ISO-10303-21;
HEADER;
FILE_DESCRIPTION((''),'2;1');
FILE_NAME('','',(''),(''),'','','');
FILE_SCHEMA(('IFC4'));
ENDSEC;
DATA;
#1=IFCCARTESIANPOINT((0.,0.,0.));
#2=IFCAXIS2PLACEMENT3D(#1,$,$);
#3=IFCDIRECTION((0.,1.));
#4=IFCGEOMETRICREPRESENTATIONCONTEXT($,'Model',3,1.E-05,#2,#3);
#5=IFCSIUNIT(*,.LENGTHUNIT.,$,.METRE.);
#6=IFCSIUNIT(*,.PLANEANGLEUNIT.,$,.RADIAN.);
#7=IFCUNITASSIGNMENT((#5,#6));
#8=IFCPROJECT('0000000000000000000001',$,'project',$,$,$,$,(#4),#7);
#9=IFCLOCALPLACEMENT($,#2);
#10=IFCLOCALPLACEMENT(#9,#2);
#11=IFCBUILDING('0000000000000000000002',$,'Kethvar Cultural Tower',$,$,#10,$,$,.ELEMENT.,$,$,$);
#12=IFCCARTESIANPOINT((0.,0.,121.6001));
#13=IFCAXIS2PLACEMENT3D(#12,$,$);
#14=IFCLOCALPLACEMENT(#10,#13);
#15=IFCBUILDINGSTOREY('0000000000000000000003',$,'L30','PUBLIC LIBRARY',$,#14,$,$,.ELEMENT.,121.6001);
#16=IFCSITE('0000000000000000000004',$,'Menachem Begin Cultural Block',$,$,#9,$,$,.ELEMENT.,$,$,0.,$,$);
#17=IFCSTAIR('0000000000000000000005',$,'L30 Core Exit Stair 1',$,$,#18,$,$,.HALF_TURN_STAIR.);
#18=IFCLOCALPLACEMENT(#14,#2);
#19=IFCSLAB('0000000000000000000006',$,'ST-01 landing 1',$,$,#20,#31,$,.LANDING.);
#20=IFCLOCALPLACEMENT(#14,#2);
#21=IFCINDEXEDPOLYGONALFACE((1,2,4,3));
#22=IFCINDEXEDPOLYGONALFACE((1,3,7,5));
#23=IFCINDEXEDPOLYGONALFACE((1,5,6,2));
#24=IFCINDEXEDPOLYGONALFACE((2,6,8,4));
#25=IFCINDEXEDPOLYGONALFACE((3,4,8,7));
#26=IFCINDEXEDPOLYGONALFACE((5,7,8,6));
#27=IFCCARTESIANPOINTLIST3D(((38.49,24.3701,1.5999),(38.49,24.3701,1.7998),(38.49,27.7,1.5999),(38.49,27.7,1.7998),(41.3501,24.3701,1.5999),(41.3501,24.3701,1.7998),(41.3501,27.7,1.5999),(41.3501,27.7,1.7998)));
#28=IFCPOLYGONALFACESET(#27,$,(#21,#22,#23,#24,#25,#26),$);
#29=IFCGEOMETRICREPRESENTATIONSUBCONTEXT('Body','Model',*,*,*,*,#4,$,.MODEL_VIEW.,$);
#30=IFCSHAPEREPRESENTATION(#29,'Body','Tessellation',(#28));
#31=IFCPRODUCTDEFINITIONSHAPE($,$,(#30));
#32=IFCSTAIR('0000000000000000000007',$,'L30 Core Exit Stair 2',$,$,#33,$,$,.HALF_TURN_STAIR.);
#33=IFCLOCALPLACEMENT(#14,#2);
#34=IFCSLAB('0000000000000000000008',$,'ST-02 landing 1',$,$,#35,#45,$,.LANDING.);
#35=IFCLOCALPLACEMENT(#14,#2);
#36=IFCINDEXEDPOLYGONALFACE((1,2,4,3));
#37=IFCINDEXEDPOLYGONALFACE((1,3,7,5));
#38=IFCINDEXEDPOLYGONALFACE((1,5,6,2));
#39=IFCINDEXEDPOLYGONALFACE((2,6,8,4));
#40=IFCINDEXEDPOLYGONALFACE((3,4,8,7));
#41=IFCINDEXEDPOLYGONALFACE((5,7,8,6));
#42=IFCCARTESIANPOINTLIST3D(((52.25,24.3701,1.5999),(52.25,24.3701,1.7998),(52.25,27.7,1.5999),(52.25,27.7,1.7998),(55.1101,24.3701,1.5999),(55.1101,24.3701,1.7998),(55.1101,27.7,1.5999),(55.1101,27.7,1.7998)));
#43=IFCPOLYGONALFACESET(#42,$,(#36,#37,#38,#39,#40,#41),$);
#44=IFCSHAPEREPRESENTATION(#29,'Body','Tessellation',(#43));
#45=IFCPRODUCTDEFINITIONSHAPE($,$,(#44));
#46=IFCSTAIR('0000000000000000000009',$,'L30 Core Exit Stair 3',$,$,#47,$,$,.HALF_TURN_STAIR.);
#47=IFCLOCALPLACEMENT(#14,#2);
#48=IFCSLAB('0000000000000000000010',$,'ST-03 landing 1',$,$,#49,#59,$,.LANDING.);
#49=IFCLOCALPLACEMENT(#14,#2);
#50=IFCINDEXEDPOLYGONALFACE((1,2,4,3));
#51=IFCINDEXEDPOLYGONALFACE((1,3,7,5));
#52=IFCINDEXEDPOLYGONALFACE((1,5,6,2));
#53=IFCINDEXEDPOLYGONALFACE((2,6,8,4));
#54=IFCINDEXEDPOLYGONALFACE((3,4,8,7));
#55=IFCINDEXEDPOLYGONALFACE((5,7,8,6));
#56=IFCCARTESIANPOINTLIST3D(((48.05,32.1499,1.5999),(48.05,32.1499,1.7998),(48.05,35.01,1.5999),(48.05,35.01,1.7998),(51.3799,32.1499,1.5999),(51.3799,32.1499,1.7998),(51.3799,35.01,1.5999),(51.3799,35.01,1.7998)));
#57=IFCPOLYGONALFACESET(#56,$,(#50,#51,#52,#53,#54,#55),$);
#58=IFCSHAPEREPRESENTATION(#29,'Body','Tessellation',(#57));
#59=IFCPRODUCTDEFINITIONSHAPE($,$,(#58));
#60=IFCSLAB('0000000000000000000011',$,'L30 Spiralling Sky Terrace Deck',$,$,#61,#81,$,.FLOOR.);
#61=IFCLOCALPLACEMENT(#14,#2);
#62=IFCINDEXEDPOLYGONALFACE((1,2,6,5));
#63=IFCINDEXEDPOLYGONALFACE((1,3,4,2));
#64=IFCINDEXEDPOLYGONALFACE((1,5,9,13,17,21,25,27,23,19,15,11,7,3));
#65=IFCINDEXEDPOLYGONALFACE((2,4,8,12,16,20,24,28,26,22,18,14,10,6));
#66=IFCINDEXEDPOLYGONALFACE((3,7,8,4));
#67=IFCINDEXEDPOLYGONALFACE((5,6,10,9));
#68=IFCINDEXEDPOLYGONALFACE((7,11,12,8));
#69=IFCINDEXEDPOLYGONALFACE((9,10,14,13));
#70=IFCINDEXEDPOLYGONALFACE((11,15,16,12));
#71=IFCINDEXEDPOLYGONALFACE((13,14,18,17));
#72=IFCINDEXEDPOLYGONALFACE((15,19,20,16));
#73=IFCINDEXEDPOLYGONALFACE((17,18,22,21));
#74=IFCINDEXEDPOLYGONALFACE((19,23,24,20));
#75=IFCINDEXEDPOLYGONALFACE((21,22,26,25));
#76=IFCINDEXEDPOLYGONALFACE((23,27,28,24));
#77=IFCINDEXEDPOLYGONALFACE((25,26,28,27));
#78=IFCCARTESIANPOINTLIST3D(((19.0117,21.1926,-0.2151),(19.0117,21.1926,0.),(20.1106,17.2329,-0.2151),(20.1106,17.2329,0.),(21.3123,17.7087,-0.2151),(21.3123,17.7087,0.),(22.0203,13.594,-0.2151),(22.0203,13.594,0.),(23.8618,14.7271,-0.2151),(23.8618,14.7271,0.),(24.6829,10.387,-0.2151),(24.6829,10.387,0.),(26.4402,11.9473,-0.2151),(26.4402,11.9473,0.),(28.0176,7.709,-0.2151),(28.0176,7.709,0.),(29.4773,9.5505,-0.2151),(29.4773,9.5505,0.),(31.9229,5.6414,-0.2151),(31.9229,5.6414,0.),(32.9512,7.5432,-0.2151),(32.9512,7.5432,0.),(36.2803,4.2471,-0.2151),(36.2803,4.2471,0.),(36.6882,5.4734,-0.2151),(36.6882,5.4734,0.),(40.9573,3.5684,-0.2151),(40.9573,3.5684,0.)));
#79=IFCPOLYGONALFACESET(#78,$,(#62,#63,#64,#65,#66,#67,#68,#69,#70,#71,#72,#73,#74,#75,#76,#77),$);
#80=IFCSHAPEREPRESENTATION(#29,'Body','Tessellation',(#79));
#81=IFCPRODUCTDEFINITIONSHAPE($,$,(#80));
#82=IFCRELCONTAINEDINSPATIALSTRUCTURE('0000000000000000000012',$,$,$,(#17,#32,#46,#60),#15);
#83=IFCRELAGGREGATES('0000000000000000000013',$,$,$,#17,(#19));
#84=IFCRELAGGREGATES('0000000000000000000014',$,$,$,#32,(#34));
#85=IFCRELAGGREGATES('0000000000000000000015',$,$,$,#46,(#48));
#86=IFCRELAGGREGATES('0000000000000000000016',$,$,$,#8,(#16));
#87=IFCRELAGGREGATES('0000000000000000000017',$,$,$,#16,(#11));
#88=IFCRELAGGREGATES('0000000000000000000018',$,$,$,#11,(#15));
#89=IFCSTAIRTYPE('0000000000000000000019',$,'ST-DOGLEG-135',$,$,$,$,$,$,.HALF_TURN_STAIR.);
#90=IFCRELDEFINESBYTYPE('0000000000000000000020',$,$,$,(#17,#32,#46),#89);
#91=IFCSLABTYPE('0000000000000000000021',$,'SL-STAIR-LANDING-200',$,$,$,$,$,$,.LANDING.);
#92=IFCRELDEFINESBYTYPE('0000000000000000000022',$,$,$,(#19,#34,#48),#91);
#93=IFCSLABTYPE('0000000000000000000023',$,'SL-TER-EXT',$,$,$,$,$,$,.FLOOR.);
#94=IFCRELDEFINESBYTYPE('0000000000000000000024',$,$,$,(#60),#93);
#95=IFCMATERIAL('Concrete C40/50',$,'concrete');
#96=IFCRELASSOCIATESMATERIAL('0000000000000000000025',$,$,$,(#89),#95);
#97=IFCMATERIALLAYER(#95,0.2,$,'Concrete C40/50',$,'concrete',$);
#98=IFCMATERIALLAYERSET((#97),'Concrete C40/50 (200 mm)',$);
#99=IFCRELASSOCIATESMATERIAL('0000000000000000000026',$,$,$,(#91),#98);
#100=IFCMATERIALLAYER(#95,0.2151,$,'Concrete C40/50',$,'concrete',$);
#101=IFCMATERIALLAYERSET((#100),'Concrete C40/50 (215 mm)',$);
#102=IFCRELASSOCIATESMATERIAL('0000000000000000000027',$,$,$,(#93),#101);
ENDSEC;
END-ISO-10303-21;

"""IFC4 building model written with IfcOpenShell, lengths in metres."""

from ifc_helpers import new_model, si_unit, direction, frame, origin, place, context, subcontext, project, spatial, polyline, outline, extrude, material, layer, layer_set, type_object, element, aggregate, save


model = new_model("IFC4")

# Units and contexts
model_context = context("Model", 3, precision=1e-05, world=origin(), true_north=direction((0.0, 1.0)))
body_context = subcontext(model_context, "Body", "Model", "MODEL_VIEW")
ifc_project = project(units=[si_unit("LENGTHUNIT", "METRE"), si_unit("PLANEANGLEUNIT", "RADIAN")], contexts=[model_context])

# Site, building, storey
site_placement = place(None, origin())
site = spatial("IfcSite", under=ifc_project, at=site_placement, Name="Menachem Begin Cultural Block", CompositionType="ELEMENT", RefElevation=0.0)
building_placement = place(site_placement, origin())
building = spatial("IfcBuilding", under=site, at=building_placement, Name="Kethvar Cultural Tower", CompositionType="ELEMENT")
storey_placement = place(building_placement, frame((0.0, 0.0, 121.6001)))
storey = spatial("IfcBuildingStorey", under=building, at=storey_placement, Name="L30", Description="PUBLIC LIBRARY", CompositionType="ELEMENT", Elevation=121.6001)

# Stairs, slabs
ifc_material_1 = material(Name="Concrete C40/50", Category="concrete")
stair_type = type_object("IfcStairType", Name="ST-DOGLEG-135", PredefinedType="HALF_TURN_STAIR", material=ifc_material_1)
stair_1_placement = place(storey_placement, origin())
stair_1 = element("IfcStair", 1, at=stair_1_placement, inside=storey, type_object=stair_type, Name="L30 Core Exit Stair 1", PredefinedType="HALF_TURN_STAIR")
ifc_layer_1 = layer(ifc_material_1, 0.2, Name="Concrete C40/50", Category="concrete")
ifc_layer_set_1 = layer_set([ifc_layer_1], Name="Concrete C40/50 (200 mm)")
slab_type_1 = type_object("IfcSlabType", Name="SL-STAIR-LANDING-200", PredefinedType="LANDING", material=ifc_layer_set_1)
slab_1_placement = place(storey_placement, frame((0.0, 0.0, 1.5999)))
slab_1 = element("IfcSlab", 2, at=slab_1_placement, type_object=slab_type_1, Name="ST-01 landing 1", PredefinedType="LANDING", context=body_context, shape_type="SweptSolid", body=[
    extrude(outline(polyline([(41.3501, 24.3701), (41.3501, 27.7), (38.49, 27.7), (38.49, 24.3701), (41.3501, 24.3701)])), origin(), (0.0, 0.0, 1.0), 0.2),
])
aggregate(stair_1, [slab_1])
stair_2_placement = place(storey_placement, origin())
stair_2 = element("IfcStair", 3, at=stair_2_placement, inside=storey, type_object=stair_type, Name="L30 Core Exit Stair 2", PredefinedType="HALF_TURN_STAIR")
slab_2_placement = place(storey_placement, frame((0.0, 0.0, 1.5999)))
slab_2 = element("IfcSlab", 4, at=slab_2_placement, type_object=slab_type_1, Name="ST-02 landing 1", PredefinedType="LANDING", context=body_context, shape_type="SweptSolid", body=[
    extrude(outline(polyline([(55.1101, 24.3701), (55.1101, 27.7), (52.25, 27.7), (52.25, 24.3701), (55.1101, 24.3701)])), origin(), (0.0, 0.0, 1.0), 0.2),
])
aggregate(stair_2, [slab_2])
stair_3_placement = place(storey_placement, origin())
stair_3 = element("IfcStair", 5, at=stair_3_placement, inside=storey, type_object=stair_type, Name="L30 Core Exit Stair 3", PredefinedType="HALF_TURN_STAIR")
slab_3_placement = place(storey_placement, frame((0.0, 0.0, 1.5999)))
slab_3 = element("IfcSlab", 6, at=slab_3_placement, type_object=slab_type_1, Name="ST-03 landing 1", PredefinedType="LANDING", context=body_context, shape_type="SweptSolid", body=[
    extrude(outline(polyline([(51.3799, 35.01), (48.05, 35.01), (48.05, 32.1499), (51.3799, 32.1499), (51.3799, 35.01)])), origin(), (0.0, 0.0, 1.0), 0.2),
])
aggregate(stair_3, [slab_3])

# Slab
ifc_layer_2 = layer(ifc_material_1, 0.2151, Name="Concrete C40/50", Category="concrete")
ifc_layer_set_2 = layer_set([ifc_layer_2], Name="Concrete C40/50 (215 mm)")
slab_type_2 = type_object("IfcSlabType", Name="SL-TER-EXT", PredefinedType="FLOOR", material=ifc_layer_set_2)
slab_4_placement = place(storey_placement, frame((0.0, 0.0, -0.2151)))
element("IfcSlab", 7, at=slab_4_placement, inside=storey, type_object=slab_type_2, Name="L30 Spiralling Sky Terrace Deck", PredefinedType="FLOOR", context=body_context, shape_type="SweptSolid", body=[
    extrude(outline(polyline([(19.0117, 21.1926), (20.1106, 17.2329), (22.0203, 13.594), (24.6829, 10.387), (28.0176, 7.709), (31.9229, 5.6414), (36.2803, 4.2471), (40.9573, 3.5684), (36.6882, 5.4734), (32.9512, 7.5432), (29.4773, 9.5505), (26.4402, 11.9473), (23.8618, 14.7271), (21.3123, 17.7087), (19.0117, 21.1926)])), origin(), (0.0, 0.0, 1.0), 0.2151),
])

save(model, "model.ifc")
